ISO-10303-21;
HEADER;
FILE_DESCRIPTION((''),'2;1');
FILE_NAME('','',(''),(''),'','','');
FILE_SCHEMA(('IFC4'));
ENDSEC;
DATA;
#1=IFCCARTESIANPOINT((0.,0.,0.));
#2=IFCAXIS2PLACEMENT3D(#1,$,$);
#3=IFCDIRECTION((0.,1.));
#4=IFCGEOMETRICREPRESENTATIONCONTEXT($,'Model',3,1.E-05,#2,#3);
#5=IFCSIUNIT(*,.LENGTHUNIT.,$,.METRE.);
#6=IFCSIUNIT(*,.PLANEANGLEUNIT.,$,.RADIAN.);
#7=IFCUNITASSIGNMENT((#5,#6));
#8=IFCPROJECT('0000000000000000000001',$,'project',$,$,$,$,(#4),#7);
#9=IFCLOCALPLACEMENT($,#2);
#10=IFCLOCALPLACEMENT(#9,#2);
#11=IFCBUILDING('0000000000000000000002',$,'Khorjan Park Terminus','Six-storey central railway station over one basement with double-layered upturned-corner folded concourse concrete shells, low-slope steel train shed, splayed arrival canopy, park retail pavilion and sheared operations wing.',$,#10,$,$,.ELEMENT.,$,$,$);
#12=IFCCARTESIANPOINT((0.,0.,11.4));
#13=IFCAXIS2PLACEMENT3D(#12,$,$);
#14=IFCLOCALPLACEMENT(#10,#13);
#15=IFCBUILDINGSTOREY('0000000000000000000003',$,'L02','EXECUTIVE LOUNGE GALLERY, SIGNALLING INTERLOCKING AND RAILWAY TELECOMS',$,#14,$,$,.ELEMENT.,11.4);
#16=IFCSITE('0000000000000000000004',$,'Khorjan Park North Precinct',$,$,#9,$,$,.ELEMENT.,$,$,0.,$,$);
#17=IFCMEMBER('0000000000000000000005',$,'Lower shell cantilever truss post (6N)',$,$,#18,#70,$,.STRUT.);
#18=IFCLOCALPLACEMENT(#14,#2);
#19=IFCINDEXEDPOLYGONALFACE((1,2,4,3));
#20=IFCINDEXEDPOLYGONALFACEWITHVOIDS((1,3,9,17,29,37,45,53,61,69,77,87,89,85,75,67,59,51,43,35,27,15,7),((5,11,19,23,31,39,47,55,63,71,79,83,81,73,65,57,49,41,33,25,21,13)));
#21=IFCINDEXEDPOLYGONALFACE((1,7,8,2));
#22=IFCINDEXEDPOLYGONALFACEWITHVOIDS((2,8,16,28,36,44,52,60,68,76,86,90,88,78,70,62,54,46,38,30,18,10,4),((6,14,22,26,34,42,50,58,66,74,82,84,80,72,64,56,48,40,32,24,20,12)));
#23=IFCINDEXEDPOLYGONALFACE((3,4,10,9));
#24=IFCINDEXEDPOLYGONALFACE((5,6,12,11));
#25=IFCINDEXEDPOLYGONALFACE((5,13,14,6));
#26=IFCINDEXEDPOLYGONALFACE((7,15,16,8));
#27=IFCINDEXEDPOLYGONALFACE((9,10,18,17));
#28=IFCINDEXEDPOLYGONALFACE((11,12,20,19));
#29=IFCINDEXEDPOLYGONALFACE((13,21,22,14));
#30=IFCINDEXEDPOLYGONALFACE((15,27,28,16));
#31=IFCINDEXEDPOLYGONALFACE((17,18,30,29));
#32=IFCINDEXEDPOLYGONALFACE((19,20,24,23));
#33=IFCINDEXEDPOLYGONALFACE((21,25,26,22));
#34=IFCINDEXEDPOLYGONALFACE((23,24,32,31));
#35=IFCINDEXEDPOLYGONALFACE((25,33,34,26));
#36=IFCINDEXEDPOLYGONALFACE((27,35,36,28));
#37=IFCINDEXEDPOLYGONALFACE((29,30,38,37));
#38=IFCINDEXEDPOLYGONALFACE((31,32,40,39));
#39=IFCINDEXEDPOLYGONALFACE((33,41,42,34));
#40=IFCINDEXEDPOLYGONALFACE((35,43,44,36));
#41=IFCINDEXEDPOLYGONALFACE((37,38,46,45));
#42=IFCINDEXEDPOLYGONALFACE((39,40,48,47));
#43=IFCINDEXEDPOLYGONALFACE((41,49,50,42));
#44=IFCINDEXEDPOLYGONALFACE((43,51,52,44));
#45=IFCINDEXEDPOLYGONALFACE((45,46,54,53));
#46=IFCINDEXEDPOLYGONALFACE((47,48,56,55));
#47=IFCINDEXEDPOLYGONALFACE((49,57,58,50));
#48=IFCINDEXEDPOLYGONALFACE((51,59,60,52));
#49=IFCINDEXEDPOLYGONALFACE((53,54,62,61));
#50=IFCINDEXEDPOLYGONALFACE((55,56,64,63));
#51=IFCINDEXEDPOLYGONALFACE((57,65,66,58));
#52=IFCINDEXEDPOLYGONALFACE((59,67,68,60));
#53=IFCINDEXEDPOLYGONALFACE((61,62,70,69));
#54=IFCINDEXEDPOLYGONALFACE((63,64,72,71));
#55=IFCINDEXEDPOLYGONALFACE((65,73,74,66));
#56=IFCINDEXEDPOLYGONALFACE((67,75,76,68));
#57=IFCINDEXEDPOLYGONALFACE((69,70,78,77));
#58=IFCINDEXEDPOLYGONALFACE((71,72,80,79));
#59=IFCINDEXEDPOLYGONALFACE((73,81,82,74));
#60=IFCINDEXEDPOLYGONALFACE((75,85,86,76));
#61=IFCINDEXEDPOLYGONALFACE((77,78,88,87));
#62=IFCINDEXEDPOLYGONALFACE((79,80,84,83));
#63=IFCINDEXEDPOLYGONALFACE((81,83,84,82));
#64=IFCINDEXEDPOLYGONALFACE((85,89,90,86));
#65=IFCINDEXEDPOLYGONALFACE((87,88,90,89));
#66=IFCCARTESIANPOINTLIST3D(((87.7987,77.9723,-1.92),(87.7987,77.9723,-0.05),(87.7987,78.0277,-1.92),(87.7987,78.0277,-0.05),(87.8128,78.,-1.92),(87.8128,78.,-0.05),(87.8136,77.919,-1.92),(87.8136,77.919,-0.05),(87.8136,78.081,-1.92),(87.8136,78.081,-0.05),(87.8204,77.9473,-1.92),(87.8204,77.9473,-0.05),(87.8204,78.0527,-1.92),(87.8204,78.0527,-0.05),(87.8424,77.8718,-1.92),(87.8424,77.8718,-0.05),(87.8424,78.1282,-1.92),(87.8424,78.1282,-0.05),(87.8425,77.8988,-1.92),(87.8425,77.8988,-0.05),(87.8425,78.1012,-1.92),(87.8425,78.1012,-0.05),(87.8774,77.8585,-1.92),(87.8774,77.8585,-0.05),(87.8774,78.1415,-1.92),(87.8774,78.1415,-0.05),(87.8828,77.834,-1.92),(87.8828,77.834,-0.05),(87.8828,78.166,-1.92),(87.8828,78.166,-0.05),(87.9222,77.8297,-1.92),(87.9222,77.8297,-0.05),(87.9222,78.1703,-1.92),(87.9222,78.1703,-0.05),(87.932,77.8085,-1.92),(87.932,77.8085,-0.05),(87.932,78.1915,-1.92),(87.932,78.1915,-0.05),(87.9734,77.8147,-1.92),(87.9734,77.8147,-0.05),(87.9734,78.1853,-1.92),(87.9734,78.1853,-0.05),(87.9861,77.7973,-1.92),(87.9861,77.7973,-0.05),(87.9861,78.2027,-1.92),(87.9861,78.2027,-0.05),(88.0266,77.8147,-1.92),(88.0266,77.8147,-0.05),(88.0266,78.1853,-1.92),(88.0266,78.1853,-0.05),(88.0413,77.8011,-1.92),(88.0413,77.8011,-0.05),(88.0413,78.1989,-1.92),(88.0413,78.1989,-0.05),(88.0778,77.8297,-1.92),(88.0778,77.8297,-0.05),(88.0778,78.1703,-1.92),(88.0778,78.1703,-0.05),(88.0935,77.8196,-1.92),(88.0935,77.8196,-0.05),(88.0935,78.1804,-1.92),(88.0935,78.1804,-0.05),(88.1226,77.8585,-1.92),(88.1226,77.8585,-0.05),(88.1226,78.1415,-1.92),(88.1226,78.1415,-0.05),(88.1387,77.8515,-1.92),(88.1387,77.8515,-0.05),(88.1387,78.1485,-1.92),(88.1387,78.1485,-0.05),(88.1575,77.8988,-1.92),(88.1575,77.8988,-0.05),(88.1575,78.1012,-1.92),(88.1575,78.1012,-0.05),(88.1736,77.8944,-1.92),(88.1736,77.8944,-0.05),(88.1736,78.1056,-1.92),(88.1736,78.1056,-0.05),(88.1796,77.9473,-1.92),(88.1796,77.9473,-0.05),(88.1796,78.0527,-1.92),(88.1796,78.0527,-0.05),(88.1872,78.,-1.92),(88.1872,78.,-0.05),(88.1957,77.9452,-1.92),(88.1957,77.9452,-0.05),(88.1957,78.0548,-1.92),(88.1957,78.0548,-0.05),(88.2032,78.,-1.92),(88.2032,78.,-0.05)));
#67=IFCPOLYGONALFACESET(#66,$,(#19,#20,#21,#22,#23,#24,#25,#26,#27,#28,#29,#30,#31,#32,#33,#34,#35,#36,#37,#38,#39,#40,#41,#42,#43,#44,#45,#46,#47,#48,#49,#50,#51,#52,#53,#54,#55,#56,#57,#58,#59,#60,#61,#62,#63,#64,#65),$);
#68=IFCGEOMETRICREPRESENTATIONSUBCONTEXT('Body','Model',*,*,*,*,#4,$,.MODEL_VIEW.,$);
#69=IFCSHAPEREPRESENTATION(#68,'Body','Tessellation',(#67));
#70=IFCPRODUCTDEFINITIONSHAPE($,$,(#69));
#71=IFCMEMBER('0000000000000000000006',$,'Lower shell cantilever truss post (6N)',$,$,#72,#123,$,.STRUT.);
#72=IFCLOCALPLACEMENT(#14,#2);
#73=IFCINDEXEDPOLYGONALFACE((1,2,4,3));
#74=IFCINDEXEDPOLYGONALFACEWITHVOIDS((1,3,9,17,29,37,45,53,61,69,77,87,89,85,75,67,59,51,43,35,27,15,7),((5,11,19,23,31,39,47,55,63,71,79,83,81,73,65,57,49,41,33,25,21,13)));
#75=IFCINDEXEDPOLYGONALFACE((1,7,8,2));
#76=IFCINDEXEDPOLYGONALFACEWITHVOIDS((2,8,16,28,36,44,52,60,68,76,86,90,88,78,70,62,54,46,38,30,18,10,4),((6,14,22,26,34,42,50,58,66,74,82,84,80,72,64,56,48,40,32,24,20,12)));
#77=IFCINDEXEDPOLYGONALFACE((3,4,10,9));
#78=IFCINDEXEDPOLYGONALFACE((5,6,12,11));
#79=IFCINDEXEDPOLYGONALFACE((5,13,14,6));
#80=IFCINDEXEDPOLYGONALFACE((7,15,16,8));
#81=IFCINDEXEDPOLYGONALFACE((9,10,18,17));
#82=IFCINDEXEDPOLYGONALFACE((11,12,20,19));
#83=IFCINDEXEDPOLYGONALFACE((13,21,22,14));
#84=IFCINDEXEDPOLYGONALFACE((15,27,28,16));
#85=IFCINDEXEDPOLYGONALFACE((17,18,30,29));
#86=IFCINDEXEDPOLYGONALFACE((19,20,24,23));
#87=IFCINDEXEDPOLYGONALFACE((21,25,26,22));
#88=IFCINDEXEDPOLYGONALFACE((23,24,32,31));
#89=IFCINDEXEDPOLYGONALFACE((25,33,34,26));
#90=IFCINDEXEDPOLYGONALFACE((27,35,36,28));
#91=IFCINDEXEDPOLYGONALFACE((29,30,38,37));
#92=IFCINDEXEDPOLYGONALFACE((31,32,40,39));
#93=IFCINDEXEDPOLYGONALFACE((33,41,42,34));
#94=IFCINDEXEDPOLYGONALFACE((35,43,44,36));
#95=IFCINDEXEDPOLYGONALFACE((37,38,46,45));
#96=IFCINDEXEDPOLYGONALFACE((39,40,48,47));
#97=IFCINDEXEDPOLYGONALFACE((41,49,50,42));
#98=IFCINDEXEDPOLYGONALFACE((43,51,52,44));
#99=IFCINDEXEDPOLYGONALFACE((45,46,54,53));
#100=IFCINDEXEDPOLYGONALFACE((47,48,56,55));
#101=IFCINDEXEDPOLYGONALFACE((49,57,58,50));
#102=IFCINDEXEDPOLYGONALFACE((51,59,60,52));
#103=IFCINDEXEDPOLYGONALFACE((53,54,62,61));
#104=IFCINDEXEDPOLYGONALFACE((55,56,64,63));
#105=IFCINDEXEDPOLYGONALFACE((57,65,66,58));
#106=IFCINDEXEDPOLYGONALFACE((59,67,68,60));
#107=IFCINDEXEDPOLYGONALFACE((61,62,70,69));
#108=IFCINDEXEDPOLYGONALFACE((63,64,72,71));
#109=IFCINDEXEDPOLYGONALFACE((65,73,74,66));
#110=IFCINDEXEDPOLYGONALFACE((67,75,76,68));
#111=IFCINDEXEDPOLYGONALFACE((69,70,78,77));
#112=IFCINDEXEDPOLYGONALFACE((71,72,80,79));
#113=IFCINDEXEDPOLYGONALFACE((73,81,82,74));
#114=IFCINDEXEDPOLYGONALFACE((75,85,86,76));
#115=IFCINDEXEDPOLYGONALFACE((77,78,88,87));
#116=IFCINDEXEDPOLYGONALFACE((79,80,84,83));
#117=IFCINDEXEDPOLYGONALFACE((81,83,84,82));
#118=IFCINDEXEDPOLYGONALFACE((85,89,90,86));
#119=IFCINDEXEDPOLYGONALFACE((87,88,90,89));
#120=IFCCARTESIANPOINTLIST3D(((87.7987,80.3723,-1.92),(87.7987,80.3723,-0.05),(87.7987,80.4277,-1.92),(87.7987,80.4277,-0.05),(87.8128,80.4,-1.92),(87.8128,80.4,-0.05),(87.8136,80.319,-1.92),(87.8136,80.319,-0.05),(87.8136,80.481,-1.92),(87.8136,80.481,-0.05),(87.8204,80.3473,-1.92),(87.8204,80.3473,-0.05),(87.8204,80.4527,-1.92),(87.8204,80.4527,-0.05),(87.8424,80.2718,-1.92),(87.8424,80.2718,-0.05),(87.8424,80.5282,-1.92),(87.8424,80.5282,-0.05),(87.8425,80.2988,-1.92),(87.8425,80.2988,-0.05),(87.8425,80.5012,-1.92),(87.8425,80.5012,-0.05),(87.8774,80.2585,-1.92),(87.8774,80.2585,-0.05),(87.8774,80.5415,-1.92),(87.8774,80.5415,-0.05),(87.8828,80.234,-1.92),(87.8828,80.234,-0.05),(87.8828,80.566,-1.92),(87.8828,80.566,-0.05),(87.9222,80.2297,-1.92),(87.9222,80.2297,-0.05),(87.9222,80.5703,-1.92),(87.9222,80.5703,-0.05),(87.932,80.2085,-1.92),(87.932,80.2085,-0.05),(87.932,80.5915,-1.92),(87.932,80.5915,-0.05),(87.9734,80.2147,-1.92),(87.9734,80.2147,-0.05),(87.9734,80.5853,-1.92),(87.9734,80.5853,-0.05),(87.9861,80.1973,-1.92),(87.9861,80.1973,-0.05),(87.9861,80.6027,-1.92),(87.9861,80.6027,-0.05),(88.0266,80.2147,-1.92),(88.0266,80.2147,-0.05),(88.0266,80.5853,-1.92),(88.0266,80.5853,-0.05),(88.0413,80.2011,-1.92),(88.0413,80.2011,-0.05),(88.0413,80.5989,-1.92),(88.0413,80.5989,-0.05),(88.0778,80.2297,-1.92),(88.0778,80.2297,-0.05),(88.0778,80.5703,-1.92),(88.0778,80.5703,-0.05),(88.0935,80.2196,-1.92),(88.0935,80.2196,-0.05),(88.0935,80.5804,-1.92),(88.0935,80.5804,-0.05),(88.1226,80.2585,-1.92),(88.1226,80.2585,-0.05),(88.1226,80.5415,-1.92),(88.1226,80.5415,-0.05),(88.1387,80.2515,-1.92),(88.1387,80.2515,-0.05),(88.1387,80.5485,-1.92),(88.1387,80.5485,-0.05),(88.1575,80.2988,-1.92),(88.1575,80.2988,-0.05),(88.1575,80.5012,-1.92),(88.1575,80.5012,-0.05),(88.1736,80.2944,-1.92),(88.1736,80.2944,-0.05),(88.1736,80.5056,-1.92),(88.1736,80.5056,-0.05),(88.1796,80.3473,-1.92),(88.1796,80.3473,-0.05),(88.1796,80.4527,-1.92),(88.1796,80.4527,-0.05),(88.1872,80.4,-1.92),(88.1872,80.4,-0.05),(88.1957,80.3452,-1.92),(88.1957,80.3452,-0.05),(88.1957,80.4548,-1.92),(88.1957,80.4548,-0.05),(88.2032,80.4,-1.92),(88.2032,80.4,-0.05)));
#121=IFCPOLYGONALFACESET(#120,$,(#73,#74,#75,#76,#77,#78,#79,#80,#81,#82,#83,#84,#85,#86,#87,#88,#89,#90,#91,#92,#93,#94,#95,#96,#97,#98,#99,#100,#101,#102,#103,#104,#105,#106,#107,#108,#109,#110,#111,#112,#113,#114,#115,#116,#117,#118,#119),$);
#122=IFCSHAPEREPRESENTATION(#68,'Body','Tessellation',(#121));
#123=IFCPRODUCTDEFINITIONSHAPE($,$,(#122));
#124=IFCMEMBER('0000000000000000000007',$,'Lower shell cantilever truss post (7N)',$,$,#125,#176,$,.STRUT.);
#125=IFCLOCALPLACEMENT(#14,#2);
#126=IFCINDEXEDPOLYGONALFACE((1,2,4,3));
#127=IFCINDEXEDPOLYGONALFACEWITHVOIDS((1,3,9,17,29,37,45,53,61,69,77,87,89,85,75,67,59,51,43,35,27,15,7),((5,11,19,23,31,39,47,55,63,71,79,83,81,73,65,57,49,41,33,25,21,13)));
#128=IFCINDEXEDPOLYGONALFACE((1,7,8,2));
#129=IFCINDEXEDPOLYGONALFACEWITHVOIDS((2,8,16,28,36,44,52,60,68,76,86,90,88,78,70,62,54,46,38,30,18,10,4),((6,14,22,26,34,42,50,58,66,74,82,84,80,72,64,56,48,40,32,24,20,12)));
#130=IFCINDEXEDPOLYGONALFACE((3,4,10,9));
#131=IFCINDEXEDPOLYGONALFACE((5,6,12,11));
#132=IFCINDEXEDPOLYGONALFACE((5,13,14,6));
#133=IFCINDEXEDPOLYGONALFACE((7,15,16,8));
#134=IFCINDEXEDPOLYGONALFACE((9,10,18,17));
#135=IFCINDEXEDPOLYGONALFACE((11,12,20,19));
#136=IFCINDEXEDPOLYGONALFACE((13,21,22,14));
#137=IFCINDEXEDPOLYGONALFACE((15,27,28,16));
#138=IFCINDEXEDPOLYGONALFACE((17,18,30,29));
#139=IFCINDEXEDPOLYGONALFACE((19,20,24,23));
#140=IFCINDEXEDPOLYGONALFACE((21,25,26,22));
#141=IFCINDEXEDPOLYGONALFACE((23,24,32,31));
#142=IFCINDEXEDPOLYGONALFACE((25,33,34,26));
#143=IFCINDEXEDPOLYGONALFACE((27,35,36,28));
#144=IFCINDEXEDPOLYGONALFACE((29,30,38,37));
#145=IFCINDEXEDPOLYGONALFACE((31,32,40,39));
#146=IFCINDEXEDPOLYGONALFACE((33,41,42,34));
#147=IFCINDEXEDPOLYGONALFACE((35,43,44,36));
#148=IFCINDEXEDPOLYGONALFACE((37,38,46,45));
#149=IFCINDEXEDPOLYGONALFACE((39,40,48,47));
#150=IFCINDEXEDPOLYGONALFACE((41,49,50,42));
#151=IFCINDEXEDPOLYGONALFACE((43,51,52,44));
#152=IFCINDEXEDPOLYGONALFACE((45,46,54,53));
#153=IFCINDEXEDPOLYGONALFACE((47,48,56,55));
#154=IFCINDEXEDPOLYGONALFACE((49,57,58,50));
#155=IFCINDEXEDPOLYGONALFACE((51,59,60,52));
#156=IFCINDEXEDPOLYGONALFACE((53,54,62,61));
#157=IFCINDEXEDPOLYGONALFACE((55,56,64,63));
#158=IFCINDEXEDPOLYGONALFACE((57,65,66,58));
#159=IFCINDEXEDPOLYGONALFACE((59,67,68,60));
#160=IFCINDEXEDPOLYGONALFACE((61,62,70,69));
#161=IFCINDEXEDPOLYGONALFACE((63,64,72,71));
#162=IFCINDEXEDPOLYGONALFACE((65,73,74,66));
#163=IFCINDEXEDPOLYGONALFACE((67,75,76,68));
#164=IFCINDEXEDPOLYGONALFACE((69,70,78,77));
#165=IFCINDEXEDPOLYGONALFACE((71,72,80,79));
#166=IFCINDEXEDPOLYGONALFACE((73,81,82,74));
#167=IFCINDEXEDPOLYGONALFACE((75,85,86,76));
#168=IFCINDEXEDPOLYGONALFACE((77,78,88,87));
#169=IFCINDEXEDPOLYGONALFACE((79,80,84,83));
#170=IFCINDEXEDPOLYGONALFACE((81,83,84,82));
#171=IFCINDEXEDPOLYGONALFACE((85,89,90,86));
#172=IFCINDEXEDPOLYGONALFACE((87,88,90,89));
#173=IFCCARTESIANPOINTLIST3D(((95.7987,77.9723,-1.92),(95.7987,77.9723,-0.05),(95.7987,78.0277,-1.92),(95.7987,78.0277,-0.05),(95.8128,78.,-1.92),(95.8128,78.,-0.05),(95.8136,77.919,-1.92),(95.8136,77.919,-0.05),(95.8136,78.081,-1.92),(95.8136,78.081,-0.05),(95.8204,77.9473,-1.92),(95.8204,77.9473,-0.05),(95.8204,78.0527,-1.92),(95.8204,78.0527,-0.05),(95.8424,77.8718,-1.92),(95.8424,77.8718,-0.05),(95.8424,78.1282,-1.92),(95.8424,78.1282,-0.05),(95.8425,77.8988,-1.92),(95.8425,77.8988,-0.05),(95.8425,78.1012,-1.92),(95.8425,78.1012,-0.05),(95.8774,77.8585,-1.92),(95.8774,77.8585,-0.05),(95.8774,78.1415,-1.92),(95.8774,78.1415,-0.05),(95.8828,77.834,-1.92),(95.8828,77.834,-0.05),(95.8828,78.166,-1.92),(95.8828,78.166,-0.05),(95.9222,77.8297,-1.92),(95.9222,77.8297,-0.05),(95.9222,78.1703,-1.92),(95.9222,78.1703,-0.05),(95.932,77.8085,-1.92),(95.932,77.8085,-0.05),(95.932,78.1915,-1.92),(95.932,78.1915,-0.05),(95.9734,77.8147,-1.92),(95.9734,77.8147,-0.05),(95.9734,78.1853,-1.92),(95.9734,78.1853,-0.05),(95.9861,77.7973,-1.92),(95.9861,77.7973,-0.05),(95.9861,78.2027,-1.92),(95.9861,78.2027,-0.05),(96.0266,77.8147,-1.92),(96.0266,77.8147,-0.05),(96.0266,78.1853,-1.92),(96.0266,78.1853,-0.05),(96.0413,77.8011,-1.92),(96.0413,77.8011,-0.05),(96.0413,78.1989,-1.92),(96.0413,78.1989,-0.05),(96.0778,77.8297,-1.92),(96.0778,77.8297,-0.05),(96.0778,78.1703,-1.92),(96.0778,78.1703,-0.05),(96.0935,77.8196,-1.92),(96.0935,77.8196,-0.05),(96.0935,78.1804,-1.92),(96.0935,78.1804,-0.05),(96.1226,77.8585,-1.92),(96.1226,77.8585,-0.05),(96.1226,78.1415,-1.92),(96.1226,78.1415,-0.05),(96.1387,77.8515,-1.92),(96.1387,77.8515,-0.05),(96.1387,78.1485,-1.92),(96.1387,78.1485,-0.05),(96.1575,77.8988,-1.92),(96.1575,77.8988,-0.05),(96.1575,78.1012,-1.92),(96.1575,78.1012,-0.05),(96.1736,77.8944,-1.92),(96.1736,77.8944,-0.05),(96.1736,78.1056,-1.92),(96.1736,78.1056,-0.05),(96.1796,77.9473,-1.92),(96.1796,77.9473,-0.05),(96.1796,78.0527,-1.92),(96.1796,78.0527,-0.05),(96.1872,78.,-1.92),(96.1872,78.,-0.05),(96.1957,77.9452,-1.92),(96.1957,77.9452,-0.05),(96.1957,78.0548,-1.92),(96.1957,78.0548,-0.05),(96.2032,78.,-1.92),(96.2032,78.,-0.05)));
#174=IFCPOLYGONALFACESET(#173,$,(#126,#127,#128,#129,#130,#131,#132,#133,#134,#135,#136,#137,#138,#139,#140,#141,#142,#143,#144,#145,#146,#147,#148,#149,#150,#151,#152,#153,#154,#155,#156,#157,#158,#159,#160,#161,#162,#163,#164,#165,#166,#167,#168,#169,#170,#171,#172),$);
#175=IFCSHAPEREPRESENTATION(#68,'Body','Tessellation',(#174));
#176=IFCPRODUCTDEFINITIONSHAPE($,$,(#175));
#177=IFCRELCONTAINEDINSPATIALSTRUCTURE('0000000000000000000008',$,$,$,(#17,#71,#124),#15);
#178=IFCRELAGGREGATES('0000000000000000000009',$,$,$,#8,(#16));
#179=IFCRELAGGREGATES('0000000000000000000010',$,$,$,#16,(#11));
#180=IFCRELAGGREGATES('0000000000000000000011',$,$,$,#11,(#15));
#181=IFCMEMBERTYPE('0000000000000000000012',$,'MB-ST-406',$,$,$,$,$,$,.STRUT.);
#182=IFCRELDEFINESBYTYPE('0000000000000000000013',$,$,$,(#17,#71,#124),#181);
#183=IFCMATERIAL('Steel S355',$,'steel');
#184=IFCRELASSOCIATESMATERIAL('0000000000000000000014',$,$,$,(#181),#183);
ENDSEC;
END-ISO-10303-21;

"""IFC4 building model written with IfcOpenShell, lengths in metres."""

from ifc_helpers import new_model, si_unit, direction, frame, origin, origin_2d, place, context, subcontext, project, spatial, hollow_circle, extrude, material, material_profile, profile_set, type_object, element, save


model = new_model("IFC4")

# Units and contexts
model_context = context("Model", 3, precision=1e-05, world=origin(), true_north=direction((0.0, 1.0)))
body_context = subcontext(model_context, "Body", "Model", "MODEL_VIEW")
ifc_project = project(units=[si_unit("LENGTHUNIT", "METRE"), si_unit("PLANEANGLEUNIT", "RADIAN")], contexts=[model_context])

# Site, building, storey
site_placement = place(None, origin())
site = spatial("IfcSite", under=ifc_project, at=site_placement, Name="Khorjan Park North Precinct", CompositionType="ELEMENT", RefElevation=0.0)
building_placement = place(site_placement, origin())
building = spatial("IfcBuilding", under=site, at=building_placement, Name="Khorjan Park Terminus", Description="Six-storey central railway station over one basement with double-layered upturned-corner folded concourse concrete shells, low-slope steel train shed, splayed arrival canopy, park retail pavilion and sheared operations wing.", CompositionType="ELEMENT")
storey_placement = place(building_placement, frame((0.0, 0.0, 11.4)))
storey = spatial("IfcBuildingStorey", under=building, at=storey_placement, Name="L02", Description="EXECUTIVE LOUNGE GALLERY, SIGNALLING INTERLOCKING AND RAILWAY TELECOMS", CompositionType="ELEMENT", Elevation=11.4)

# Shared definitions
ifc_material_1 = material(Name="Steel S355", Category="steel")

# Members
ifc_material_profile_1 = material_profile(ifc_material_1, hollow_circle(Radius=0.2032, WallThickness=0.016, at=origin_2d()), Name="CHS 406.4x16")
ifc_profile_set_1 = profile_set([ifc_material_profile_1], Name="Steel S355")
member_type_1 = type_object("IfcMemberType", Name="MB-ST-406", PredefinedType="STRUT", material=ifc_profile_set_1)
for number, where, z_axis, x_axis, name in (
    (1, (88.0, 78.0, -1.92), (0.0, 0.0, 1.0), (1.0, 0.0, 0.0), "Lower shell cantilever truss post (6N)"),
    (2, (88.0, 80.4, -1.92), (0.0, 0.0, 1.0), (1.0, 0.0, 0.0), "Lower shell cantilever truss post (6N)"),
    (3, (96.0, 78.0, -1.92), (0.0, 0.0, 1.0), (1.0, 0.0, 0.0), "Lower shell cantilever truss post (7N)"),
):
    element("IfcMember", number, at=place(storey_placement, frame(where, z_axis=z_axis, x_axis=x_axis)), inside=storey, type_object=member_type_1, Name=name, PredefinedType="STRUT", context=body_context, shape_type="SweptSolid", body=[
        extrude(hollow_circle(Radius=0.2032, WallThickness=0.016, at=origin_2d()), origin(), (0.0, 0.0, 1.0), 1.87),
    ])

save(model, "model.ifc")
